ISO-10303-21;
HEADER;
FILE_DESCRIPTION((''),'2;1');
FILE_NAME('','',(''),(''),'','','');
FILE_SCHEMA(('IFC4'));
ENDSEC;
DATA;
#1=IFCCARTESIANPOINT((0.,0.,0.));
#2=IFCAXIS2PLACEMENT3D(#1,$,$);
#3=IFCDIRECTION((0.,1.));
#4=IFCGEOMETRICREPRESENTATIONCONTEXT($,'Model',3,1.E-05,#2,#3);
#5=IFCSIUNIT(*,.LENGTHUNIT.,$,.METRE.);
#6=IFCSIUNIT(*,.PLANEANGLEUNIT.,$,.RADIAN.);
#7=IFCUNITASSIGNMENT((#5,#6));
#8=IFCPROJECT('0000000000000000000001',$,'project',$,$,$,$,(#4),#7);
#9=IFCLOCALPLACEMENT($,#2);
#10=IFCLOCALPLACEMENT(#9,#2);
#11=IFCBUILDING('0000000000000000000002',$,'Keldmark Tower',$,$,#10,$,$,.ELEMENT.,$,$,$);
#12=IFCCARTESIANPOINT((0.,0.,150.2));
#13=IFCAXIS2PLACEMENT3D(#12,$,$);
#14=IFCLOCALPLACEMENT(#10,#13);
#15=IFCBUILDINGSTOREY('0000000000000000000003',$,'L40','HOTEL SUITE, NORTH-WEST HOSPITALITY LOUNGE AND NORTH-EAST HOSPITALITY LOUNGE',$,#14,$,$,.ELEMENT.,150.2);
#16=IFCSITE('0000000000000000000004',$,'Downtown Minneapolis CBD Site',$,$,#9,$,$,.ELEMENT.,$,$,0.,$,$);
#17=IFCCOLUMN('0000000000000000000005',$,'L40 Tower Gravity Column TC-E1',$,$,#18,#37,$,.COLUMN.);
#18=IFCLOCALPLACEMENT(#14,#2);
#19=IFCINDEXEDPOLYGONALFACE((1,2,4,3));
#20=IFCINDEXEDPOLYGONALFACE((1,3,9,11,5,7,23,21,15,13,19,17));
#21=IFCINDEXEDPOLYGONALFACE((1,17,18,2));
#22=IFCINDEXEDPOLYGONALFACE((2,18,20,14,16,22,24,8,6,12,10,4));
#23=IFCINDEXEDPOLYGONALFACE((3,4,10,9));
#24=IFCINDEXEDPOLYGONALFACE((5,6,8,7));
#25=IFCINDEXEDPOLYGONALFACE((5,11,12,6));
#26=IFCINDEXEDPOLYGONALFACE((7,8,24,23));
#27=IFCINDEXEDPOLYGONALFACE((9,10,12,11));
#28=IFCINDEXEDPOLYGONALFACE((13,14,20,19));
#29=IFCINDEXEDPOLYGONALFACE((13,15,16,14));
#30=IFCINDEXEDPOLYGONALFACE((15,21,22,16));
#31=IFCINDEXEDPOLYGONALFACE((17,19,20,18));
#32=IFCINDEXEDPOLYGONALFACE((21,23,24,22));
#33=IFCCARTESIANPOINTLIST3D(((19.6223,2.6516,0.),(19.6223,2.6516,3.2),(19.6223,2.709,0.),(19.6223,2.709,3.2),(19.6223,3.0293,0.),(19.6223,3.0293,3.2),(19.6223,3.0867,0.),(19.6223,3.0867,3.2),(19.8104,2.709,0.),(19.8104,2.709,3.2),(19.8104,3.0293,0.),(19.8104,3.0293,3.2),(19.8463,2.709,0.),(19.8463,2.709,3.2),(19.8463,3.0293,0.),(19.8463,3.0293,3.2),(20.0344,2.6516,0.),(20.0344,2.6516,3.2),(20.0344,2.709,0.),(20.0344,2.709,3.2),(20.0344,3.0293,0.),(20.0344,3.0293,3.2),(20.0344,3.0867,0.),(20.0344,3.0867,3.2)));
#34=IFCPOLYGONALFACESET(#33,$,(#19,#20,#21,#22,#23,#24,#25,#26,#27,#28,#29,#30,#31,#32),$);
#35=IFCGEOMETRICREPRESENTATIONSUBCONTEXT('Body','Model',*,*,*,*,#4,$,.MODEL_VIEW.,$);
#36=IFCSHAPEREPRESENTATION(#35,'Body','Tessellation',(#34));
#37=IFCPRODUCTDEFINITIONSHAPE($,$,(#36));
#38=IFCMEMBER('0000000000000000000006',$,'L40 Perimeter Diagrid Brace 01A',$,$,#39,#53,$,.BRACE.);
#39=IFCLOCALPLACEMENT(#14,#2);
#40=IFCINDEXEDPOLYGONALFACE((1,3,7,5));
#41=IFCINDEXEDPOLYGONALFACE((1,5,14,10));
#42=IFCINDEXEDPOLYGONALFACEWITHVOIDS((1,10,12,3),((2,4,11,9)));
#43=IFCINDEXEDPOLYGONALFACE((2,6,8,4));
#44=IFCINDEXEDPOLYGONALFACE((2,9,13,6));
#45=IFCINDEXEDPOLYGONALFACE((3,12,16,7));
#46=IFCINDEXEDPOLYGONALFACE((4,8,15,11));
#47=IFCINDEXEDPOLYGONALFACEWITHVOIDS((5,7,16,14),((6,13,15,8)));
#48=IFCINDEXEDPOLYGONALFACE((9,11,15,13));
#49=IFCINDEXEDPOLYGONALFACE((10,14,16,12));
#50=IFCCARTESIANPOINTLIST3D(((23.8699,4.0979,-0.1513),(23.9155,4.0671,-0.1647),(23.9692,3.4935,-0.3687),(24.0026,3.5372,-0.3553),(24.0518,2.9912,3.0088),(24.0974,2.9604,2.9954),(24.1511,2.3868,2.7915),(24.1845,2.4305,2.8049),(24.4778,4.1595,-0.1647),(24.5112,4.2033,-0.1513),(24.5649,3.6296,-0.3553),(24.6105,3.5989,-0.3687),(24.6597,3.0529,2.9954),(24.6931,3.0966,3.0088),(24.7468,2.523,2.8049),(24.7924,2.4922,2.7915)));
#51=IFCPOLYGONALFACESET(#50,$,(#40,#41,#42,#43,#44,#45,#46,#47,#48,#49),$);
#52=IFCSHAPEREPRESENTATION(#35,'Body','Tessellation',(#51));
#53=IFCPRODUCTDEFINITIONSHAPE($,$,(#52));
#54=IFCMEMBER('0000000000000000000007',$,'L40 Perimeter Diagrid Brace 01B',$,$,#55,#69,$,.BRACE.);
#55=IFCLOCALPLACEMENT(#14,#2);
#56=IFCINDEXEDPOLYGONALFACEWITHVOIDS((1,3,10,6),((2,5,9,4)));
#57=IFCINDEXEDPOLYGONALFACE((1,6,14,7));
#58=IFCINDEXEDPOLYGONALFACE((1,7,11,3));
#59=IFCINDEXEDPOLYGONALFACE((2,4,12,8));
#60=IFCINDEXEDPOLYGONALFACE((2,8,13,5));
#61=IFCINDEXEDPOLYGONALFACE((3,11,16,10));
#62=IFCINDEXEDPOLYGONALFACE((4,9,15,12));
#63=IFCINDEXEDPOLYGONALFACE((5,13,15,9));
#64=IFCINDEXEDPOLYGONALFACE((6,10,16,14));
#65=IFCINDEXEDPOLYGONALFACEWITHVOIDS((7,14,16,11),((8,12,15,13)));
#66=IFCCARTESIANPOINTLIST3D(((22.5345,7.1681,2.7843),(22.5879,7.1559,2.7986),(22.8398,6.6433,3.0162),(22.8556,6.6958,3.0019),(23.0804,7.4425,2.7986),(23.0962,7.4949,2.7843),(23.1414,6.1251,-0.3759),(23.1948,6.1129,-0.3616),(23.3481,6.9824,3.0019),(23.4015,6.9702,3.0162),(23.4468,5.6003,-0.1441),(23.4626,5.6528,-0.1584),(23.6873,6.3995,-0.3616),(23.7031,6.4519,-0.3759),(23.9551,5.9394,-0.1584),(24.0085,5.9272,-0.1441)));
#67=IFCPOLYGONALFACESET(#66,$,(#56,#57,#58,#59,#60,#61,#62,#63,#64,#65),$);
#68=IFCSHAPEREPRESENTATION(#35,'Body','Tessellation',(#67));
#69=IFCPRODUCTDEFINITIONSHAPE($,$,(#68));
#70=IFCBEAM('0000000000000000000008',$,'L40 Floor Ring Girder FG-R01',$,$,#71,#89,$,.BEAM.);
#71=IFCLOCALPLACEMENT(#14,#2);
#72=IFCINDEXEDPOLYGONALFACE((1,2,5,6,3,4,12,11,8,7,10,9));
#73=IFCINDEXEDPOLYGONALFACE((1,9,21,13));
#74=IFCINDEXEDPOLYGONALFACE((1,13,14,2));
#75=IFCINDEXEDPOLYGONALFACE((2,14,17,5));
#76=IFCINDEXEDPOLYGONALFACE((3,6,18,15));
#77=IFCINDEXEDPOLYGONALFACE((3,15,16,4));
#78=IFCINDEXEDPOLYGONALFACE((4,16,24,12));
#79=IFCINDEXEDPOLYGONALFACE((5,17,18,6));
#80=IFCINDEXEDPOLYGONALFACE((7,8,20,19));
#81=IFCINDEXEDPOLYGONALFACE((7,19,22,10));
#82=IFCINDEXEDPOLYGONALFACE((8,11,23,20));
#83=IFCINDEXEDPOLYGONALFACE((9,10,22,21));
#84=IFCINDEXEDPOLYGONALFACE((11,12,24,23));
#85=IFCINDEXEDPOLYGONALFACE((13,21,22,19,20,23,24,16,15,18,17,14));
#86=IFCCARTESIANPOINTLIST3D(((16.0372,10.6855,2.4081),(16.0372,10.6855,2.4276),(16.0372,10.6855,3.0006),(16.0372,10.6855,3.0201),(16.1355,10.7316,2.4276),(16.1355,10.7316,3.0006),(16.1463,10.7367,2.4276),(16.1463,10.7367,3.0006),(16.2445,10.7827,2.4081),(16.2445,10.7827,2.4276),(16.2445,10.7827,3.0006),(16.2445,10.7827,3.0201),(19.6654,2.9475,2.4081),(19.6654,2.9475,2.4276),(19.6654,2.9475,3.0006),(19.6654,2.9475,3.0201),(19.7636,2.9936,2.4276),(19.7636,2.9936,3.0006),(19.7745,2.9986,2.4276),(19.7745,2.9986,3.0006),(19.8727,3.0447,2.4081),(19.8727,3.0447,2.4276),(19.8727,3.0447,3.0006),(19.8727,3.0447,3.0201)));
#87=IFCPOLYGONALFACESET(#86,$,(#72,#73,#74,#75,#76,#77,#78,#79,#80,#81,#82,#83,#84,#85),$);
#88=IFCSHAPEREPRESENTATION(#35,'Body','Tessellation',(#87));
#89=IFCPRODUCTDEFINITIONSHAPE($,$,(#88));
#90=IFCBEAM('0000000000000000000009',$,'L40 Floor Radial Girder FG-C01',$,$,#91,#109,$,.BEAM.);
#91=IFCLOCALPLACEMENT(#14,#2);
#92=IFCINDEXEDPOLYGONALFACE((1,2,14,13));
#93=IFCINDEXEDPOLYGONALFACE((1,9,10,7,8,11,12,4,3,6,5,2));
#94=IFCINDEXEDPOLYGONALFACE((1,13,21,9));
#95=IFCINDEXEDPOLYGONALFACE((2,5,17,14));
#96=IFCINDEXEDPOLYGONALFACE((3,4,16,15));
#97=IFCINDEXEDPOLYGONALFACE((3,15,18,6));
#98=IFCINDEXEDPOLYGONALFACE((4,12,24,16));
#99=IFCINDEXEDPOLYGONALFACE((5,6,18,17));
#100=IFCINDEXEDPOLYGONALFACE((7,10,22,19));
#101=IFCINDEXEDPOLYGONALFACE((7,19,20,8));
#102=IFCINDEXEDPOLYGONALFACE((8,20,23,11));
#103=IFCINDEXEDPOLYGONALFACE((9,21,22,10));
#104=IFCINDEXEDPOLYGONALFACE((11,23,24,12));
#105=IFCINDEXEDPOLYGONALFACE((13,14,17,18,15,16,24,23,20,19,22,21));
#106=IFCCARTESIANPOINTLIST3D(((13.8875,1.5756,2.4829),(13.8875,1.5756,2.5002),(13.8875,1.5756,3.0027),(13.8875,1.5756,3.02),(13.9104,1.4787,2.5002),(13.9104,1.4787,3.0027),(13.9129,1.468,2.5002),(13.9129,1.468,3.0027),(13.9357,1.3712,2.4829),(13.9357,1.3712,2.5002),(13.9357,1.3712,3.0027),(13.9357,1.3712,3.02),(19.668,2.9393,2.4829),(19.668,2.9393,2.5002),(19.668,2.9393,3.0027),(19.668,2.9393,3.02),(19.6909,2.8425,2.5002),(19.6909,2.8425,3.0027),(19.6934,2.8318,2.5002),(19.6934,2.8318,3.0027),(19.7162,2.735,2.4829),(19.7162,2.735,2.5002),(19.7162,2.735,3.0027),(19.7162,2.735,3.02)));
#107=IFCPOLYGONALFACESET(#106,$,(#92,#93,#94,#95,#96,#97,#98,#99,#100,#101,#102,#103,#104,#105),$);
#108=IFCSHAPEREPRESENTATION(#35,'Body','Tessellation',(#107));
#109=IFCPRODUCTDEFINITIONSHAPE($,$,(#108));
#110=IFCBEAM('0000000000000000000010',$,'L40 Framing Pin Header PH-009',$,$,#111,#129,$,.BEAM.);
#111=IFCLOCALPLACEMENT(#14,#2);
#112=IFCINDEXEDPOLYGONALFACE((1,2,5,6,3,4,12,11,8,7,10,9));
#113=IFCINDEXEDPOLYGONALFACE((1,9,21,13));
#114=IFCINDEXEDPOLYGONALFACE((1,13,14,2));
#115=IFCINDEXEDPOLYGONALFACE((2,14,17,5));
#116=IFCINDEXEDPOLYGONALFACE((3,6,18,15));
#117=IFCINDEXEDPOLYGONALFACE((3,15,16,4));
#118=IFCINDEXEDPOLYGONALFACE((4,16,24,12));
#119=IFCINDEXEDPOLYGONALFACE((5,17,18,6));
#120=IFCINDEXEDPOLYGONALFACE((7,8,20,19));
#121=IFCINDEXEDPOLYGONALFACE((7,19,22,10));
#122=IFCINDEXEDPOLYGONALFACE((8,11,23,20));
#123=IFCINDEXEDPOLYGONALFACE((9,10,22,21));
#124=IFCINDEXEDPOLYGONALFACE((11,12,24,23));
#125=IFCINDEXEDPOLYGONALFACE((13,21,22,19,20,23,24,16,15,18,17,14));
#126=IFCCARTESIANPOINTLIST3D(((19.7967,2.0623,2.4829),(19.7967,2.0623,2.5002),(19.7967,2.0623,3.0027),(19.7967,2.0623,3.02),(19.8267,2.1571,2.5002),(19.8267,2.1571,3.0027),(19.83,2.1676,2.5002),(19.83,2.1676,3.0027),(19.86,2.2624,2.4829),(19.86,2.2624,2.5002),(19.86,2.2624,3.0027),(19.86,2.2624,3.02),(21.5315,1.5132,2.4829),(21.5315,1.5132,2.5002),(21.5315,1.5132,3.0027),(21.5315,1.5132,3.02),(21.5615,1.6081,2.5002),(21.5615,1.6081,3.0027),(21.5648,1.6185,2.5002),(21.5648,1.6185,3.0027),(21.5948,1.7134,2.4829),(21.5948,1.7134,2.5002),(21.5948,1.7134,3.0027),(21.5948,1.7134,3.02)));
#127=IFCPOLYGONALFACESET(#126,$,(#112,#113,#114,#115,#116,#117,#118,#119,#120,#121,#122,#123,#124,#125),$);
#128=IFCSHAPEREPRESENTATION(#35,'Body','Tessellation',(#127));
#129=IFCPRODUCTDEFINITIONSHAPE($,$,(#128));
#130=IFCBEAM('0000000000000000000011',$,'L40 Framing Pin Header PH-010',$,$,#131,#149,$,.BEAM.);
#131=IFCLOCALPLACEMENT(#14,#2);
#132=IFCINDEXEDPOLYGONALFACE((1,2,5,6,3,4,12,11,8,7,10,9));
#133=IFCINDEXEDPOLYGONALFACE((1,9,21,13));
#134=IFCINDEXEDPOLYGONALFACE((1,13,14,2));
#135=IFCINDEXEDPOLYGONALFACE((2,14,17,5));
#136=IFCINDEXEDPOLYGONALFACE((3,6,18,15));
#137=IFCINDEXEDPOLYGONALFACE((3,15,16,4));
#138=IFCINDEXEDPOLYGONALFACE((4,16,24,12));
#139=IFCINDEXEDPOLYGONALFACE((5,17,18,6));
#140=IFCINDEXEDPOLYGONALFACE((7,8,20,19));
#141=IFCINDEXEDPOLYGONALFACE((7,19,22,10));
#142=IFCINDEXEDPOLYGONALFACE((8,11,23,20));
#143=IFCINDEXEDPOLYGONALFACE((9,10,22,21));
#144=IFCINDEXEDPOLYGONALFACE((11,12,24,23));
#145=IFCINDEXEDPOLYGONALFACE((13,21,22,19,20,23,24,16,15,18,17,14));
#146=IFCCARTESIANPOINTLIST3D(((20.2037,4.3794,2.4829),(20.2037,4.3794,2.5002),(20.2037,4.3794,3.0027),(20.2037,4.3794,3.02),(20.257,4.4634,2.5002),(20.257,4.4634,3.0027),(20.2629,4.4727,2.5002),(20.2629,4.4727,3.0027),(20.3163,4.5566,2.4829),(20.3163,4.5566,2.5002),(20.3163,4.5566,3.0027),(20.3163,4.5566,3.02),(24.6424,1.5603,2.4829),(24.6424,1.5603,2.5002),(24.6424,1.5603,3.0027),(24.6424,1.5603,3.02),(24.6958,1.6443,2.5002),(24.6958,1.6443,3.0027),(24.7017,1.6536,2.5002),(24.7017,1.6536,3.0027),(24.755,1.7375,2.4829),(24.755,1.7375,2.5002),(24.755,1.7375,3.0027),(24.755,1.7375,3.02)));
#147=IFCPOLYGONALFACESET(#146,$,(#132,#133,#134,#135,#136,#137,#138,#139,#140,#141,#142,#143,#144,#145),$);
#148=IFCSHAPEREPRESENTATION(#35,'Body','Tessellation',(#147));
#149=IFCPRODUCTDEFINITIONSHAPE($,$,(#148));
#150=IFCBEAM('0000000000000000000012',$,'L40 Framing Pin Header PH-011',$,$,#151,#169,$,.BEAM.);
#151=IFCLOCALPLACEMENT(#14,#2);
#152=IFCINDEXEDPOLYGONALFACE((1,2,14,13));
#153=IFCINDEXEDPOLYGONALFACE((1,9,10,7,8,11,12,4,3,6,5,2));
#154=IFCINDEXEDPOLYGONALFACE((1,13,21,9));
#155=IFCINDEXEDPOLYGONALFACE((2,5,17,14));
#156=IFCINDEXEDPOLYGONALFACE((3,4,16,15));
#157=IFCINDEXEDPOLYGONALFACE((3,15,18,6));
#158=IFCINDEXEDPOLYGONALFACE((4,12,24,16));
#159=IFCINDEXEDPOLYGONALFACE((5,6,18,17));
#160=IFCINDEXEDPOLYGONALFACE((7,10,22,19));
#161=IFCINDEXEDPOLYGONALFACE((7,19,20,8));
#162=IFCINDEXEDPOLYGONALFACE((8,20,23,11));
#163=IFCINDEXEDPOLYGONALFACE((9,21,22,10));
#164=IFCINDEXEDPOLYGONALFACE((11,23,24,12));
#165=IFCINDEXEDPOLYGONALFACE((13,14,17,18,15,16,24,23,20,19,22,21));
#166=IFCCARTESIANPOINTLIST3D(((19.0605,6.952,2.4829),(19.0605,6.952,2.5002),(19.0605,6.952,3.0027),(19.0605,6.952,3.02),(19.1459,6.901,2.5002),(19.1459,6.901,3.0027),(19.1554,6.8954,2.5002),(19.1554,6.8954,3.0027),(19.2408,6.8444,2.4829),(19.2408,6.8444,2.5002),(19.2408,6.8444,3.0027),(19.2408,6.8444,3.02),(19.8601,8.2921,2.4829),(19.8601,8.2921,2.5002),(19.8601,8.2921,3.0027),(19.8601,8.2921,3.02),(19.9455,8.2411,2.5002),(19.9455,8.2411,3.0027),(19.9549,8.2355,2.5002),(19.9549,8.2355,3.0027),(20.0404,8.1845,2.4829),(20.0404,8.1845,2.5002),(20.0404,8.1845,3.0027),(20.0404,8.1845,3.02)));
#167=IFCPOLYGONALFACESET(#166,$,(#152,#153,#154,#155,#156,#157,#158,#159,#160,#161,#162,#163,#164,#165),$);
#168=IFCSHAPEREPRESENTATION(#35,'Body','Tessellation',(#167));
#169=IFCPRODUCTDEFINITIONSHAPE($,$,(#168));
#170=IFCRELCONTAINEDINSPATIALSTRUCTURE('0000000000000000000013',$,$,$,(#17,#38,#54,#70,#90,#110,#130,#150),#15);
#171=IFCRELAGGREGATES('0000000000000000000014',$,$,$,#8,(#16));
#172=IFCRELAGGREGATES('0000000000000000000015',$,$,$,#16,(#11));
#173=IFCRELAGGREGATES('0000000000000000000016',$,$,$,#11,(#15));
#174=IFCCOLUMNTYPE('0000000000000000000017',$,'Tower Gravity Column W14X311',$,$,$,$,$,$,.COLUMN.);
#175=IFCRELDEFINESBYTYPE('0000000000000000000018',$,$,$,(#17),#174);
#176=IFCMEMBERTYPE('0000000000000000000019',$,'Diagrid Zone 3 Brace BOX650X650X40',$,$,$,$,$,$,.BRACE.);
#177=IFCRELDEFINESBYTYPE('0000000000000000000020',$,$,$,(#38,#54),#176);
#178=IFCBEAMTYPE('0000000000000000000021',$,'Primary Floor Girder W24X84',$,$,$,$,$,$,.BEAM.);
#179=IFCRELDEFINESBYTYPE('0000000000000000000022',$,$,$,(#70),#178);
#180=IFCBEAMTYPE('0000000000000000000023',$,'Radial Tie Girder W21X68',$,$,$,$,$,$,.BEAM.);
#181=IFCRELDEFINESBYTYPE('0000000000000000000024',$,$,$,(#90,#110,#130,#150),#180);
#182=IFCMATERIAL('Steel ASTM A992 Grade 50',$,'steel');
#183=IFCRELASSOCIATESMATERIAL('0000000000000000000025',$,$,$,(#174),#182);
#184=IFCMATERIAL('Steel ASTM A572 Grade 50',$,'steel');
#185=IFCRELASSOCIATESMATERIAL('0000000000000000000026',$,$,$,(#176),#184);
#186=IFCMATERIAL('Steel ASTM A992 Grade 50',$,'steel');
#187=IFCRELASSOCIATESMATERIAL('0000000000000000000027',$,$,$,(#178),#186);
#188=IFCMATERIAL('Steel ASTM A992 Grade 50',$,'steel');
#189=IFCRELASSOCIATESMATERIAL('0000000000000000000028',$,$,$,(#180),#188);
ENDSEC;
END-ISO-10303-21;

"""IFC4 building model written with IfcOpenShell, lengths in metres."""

from ifc_helpers import new_model, si_unit, direction, frame, origin, origin_2d, place, context, subcontext, project, spatial, hollow_rectangle, i_section, extrude, material, material_profile, profile_set, type_object, element, save


model = new_model("IFC4")

# Units and contexts
model_context = context("Model", 3, precision=1e-05, world=origin(), true_north=direction((0.0, 1.0)))
body_context = subcontext(model_context, "Body", "Model", "MODEL_VIEW")
ifc_project = project(units=[si_unit("LENGTHUNIT", "METRE"), si_unit("PLANEANGLEUNIT", "RADIAN")], contexts=[model_context])

# Site, building, storey
site_placement = place(None, origin())
site = spatial("IfcSite", under=ifc_project, at=site_placement, Name="Downtown Minneapolis CBD Site", CompositionType="ELEMENT", RefElevation=0.0)
building_placement = place(site_placement, origin())
building = spatial("IfcBuilding", under=site, at=building_placement, Name="Keldmark Tower", CompositionType="ELEMENT")
storey_placement = place(building_placement, frame((0.0, 0.0, 150.2)))
storey = spatial("IfcBuildingStorey", under=building, at=storey_placement, Name="L40", Description="HOTEL SUITE, NORTH-WEST HOSPITALITY LOUNGE AND NORTH-EAST HOSPITALITY LOUNGE", CompositionType="ELEMENT", Elevation=150.2)

# Column
ifc_material_1 = material(Name="Steel ASTM A992 Grade 50", Category="steel")
ifc_material_profile_1 = material_profile(ifc_material_1, i_section(OverallWidth=0.4121, OverallDepth=0.4351, WebThickness=0.0359, FlangeThickness=0.0574, at=origin_2d()), Name="W14X311")
ifc_profile_set_1 = profile_set([ifc_material_profile_1], Name="Steel ASTM A992 Grade 50")
column_type = type_object("IfcColumnType", Name="Tower Gravity Column W14X311", PredefinedType="COLUMN", material=ifc_profile_set_1)
column_placement = place(storey_placement, frame((19.8284, 2.8691, 0.0), z_axis=(0.0, 0.0, 1.0), x_axis=(1.0, 0.0, 0.0)))
element("IfcColumn", 1, at=column_placement, inside=storey, type_object=column_type, Name="L40 Tower Gravity Column TC-E1", PredefinedType="COLUMN", context=body_context, shape_type="SweptSolid", body=[
    extrude(i_section(OverallWidth=0.4121, OverallDepth=0.4351, WebThickness=0.0359, FlangeThickness=0.0574, at=origin_2d()), origin(), (0.0, 0.0, 1.0), 3.2),
])

# Members
ifc_material_2 = material(Name="Steel ASTM A572 Grade 50", Category="steel")
ifc_material_profile_2 = material_profile(ifc_material_2, hollow_rectangle(XDim=0.6499, YDim=0.6499, WallThickness=0.04, at=origin_2d()), Name="BOX650X650X40")
ifc_profile_set_2 = profile_set([ifc_material_profile_2], Name="Steel ASTM A572 Grade 50")
member_type = type_object("IfcMemberType", Name="Diagrid Zone 3 Brace BOX650X650X40", PredefinedType="BRACE", material=ifc_profile_set_2)
member_1_placement = place(storey_placement, frame((24.2402, 3.8484, -0.26), z_axis=(0.054241, -0.330033, 0.94241), x_axis=(0.986762, 0.162175, 0.0)))
element("IfcMember", 2, at=member_1_placement, inside=storey, type_object=member_type, Name="L40 Perimeter Diagrid Brace 01A", PredefinedType="BRACE", context=body_context, shape_type="SweptSolid", body=[
    extrude(hollow_rectangle(XDim=0.6499, YDim=0.6499, WallThickness=0.04, at=origin_2d()), origin(), (0.0, 0.0, 1.0), 3.3533),
])
member_2_placement = place(storey_placement, frame((23.575, 6.0261, -0.26), z_axis=(-0.179422, 0.308323, 0.934208), x_axis=(-0.864307, -0.502965, 0.0)))
element("IfcMember", 3, at=member_2_placement, inside=storey, type_object=member_type, Name="L40 Perimeter Diagrid Brace 01B", PredefinedType="BRACE", context=body_context, shape_type="SweptSolid", body=[
    extrude(hollow_rectangle(XDim=0.6499, YDim=0.6499, WallThickness=0.04, at=origin_2d()), origin(), (0.0, 0.0, 1.0), 3.3828),
])

# Beams
ifc_material_3 = material(Name="Steel ASTM A992 Grade 50", Category="steel")
ifc_material_profile_3 = material_profile(ifc_material_3, i_section(OverallWidth=0.229, OverallDepth=0.6121, WebThickness=0.012, FlangeThickness=0.0195, at=origin_2d()), Name="W24X84")
ifc_profile_set_3 = profile_set([ifc_material_profile_3], Name="Steel ASTM A992 Grade 50")
beam_type_1 = type_object("IfcBeamType", Name="Primary Floor Girder W24X84", PredefinedType="BEAM", material=ifc_profile_set_3)
beam_1_placement = place(storey_placement, frame((19.769, 2.9961, 2.7141), z_axis=(-0.424527, 0.905415, 0.0), x_axis=(-0.905415, -0.424527, 0.0)))
element("IfcBeam", 4, at=beam_1_placement, inside=storey, type_object=beam_type_1, Name="L40 Floor Ring Girder FG-R01", PredefinedType="BEAM", context=body_context, shape_type="SweptSolid", body=[
    extrude(i_section(OverallWidth=0.229, OverallDepth=0.6121, WebThickness=0.012, FlangeThickness=0.0195, at=origin_2d()), origin(), (0.0, 0.0, 1.0), 8.5464),
])
ifc_material_4 = material(Name="Steel ASTM A992 Grade 50", Category="steel")
ifc_material_profile_4 = material_profile(ifc_material_4, i_section(OverallWidth=0.21, OverallDepth=0.5371, WebThickness=0.011, FlangeThickness=0.0173, at=origin_2d()), Name="W21X68")
ifc_profile_set_4 = profile_set([ifc_material_profile_4], Name="Steel ASTM A992 Grade 50")
beam_type_2 = type_object("IfcBeamType", Name="Radial Tie Girder W21X68", PredefinedType="BEAM", material=ifc_profile_set_4)
beam_2_placement = place(storey_placement, frame((19.6921, 2.8372, 2.7515), z_axis=(-0.97328, -0.229621, 0.0), x_axis=(0.229621, -0.97328, 0.0)))
element("IfcBeam", 5, at=beam_2_placement, inside=storey, type_object=beam_type_2, Name="L40 Floor Radial Girder FG-C01", PredefinedType="BEAM", context=body_context, shape_type="SweptSolid", body=[
    extrude(i_section(OverallWidth=0.21, OverallDepth=0.5371, WebThickness=0.011, FlangeThickness=0.0173, at=origin_2d()), origin(), (0.0, 0.0, 1.0), 5.9392),
])
beam_3_placement = place(storey_placement, frame((19.8284, 2.1624, 2.7515), z_axis=(0.95339, -0.301741, 0.0), x_axis=(0.301741, 0.95339, 0.0)))
element("IfcBeam", 6, at=beam_3_placement, inside=storey, type_object=beam_type_2, Name="L40 Framing Pin Header PH-009", PredefinedType="BEAM", context=body_context, shape_type="SweptSolid", body=[
    extrude(i_section(OverallWidth=0.21, OverallDepth=0.5371, WebThickness=0.011, FlangeThickness=0.0173, at=origin_2d()), origin(), (0.0, 0.0, 1.0), 1.8196),
])
beam_4_placement = place(storey_placement, frame((24.6987, 1.6489, 2.7515), z_axis=(-0.844139, 0.536124, 0.0), x_axis=(-0.536124, -0.844139, 0.0)))
element("IfcBeam", 7, at=beam_4_placement, inside=storey, type_object=beam_type_2, Name="L40 Framing Pin Header PH-010", PredefinedType="BEAM", context=body_context, shape_type="SweptSolid", body=[
    extrude(i_section(OverallWidth=0.21, OverallDepth=0.5371, WebThickness=0.011, FlangeThickness=0.0173, at=origin_2d()), origin(), (0.0, 0.0, 1.0), 5.2583),
])
beam_5_placement = place(storey_placement, frame((19.1506, 6.8982, 2.7515), z_axis=(0.512377, 0.85876, 0.0), x_axis=(-0.85876, 0.512377, 0.0)))
element("IfcBeam", 8, at=beam_5_placement, inside=storey, type_object=beam_type_2, Name="L40 Framing Pin Header PH-011", PredefinedType="BEAM", context=body_context, shape_type="SweptSolid", body=[
    extrude(i_section(OverallWidth=0.21, OverallDepth=0.5371, WebThickness=0.011, FlangeThickness=0.0173, at=origin_2d()), origin(), (0.0, 0.0, 1.0), 1.5605),
])

save(model, "model.ifc")
